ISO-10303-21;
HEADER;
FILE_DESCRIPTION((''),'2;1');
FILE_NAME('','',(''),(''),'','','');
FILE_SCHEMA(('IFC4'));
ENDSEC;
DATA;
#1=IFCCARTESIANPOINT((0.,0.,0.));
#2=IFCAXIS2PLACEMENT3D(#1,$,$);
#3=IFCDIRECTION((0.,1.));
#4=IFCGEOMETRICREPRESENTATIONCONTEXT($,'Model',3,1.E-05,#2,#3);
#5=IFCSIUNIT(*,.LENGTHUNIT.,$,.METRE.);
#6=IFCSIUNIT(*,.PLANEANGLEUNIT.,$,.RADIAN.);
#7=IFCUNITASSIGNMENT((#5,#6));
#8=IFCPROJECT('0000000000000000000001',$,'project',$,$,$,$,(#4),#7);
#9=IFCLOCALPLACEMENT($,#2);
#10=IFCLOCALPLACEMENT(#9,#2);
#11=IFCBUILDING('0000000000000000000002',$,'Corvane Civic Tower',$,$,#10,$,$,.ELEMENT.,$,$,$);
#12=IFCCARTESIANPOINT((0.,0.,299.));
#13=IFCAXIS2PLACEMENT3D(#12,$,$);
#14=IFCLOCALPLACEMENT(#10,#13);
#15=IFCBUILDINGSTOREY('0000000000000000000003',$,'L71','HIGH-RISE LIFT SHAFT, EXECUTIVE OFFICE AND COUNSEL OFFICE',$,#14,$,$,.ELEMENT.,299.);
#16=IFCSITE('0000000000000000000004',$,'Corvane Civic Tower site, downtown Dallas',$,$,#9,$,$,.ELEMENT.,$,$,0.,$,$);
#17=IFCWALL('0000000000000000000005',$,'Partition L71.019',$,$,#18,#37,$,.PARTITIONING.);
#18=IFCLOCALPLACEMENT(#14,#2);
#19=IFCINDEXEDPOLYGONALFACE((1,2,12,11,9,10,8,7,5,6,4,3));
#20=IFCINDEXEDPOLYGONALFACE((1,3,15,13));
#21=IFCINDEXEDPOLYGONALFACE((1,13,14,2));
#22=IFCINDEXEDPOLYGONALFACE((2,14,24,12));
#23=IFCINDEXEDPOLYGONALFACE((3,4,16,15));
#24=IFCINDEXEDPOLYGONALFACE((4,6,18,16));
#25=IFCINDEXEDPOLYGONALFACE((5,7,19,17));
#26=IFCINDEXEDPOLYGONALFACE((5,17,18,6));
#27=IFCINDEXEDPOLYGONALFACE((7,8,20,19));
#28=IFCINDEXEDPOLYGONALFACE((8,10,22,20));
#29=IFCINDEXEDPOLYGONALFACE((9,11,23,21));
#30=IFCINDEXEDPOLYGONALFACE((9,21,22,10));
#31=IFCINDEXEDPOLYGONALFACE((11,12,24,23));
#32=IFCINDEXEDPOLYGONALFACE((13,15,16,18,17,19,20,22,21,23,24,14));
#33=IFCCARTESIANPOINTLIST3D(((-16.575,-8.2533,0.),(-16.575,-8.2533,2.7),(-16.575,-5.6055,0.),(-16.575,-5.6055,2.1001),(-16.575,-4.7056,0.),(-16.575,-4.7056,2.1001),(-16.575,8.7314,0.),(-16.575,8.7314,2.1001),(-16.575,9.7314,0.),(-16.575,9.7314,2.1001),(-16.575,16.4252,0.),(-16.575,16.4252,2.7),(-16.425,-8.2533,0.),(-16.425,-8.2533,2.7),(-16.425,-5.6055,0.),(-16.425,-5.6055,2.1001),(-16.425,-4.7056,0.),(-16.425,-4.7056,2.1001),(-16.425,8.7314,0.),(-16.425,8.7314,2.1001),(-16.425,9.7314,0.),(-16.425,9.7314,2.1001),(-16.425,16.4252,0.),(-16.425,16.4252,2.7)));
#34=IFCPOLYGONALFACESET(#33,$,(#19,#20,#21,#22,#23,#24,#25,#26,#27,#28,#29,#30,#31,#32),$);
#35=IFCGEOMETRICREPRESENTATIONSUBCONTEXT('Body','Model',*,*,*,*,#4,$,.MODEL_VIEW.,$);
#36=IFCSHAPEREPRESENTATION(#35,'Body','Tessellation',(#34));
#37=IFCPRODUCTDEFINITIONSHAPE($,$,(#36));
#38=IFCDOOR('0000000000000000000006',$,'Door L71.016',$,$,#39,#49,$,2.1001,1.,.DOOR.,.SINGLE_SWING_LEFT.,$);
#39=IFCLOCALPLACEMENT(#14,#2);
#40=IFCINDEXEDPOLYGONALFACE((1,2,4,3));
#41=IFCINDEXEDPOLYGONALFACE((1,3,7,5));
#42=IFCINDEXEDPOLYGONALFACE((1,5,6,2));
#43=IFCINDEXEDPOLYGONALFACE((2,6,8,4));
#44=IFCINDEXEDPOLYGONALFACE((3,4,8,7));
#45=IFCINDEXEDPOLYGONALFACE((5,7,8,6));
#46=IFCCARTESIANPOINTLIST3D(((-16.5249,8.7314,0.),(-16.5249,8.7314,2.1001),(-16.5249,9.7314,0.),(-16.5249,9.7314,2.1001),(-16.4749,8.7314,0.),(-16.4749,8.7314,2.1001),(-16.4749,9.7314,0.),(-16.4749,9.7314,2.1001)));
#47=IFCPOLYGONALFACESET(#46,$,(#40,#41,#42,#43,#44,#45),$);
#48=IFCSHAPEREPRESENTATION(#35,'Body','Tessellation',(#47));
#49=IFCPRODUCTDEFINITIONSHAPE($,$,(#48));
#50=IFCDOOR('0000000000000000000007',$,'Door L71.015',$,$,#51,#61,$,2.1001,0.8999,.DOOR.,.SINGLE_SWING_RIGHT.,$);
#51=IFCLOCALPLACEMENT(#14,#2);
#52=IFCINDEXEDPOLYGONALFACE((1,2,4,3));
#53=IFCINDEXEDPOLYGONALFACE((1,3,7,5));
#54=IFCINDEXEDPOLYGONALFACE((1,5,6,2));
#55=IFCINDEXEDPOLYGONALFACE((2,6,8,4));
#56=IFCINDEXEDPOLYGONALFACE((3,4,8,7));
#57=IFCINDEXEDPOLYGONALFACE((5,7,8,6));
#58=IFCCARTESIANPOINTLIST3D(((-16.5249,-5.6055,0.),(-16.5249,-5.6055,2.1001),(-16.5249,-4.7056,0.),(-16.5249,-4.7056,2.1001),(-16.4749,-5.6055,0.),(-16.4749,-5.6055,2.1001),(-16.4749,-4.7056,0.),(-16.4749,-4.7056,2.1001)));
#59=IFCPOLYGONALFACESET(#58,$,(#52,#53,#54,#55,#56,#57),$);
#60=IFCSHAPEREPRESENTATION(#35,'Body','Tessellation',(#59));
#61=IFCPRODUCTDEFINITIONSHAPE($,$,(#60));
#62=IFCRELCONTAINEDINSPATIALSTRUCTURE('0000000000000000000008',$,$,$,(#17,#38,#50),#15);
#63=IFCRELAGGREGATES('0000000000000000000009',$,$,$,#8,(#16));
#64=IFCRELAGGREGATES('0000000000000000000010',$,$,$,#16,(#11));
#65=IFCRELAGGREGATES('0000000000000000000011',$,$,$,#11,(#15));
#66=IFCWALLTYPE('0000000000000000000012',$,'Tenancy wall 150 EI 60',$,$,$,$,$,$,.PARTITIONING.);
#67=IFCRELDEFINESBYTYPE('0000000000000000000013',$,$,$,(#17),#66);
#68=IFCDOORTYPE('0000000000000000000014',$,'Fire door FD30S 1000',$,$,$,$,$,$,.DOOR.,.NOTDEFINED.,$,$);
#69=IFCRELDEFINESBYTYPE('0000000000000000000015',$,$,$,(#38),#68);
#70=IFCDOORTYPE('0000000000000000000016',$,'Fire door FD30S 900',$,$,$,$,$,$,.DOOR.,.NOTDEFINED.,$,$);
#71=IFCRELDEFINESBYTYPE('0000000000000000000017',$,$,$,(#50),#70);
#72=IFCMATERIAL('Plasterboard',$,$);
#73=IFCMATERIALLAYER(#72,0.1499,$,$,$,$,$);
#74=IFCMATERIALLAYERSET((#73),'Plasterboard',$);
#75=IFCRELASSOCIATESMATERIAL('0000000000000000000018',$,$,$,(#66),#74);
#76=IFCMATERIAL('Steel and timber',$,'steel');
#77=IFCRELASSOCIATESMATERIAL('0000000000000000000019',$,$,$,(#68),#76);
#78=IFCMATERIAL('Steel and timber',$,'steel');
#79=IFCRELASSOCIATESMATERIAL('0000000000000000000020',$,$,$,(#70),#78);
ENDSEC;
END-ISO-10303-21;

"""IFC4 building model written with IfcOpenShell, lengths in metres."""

from ifc_helpers import new_model, si_unit, direction, frame, frame_2d, origin, place, context, subcontext, project, spatial, rectangle, extrude, material, layer, layer_set, type_object, element, fill, save


model = new_model("IFC4")

# Units and contexts
model_context = context("Model", 3, precision=1e-05, world=origin(), true_north=direction((0.0, 1.0)))
body_context = subcontext(model_context, "Body", "Model", "MODEL_VIEW")
ifc_project = project(units=[si_unit("LENGTHUNIT", "METRE"), si_unit("PLANEANGLEUNIT", "RADIAN")], contexts=[model_context])

# Site, building, storey
site_placement = place(None, origin())
site = spatial("IfcSite", under=ifc_project, at=site_placement, Name="Corvane Civic Tower site, downtown Dallas", CompositionType="ELEMENT", RefElevation=0.0)
building_placement = place(site_placement, origin())
building = spatial("IfcBuilding", under=site, at=building_placement, Name="Corvane Civic Tower", CompositionType="ELEMENT")
storey_placement = place(building_placement, frame((0.0, 0.0, 299.0)))
storey = spatial("IfcBuildingStorey", under=building, at=storey_placement, Name="L71", Description="HIGH-RISE LIFT SHAFT, EXECUTIVE OFFICE AND COUNSEL OFFICE", CompositionType="ELEMENT", Elevation=299.0)

# Wall, openings, doors
ifc_material_1 = material(Name="Plasterboard")
ifc_layer_1 = layer(ifc_material_1, 0.1499)
ifc_layer_set_1 = layer_set([ifc_layer_1], Name="Plasterboard")
wall_type_1 = type_object("IfcWallType", Name="Tenancy wall 150 EI 60", PredefinedType="PARTITIONING", material=ifc_layer_set_1)
wall_1_placement = place(storey_placement, frame((-16.5, -8.2534, 0.0), z_axis=(0.0, 0.0, 1.0), x_axis=(0.0, 1.0, 0.0)))
wall_1 = element("IfcWall", 1, at=wall_1_placement, inside=storey, type_object=wall_type_1, Name="Partition L71.019", PredefinedType="PARTITIONING", context=body_context, shape_type="SweptSolid", body=[
    extrude(rectangle(XDim=24.6785, YDim=0.1499, at=frame_2d((12.3394, 0.0))), origin(), (0.0, 0.0, 1.0), 2.7),
])
opening_1_placement = place(wall_1_placement, frame((2.6479, 0.0, 0.0)))
opening_1 = element("IfcOpeningElement", 2, at=opening_1_placement, cuts=wall_1, PredefinedType="OPENING", context=body_context, shape_type="SweptSolid", body=[
    extrude(rectangle(XDim=0.8999, YDim=2.1001, at=frame_2d((0.45, 1.05))), frame((0.0, 0.085, 0.0), z_axis=(0.0, -1.0, 0.0), x_axis=(1.0, 0.0, 0.0)), (0.0, 0.0, 1.0), 0.1699),
])
opening_2_placement = place(wall_1_placement, frame((16.9849, 0.0, 0.0)))
opening_2 = element("IfcOpeningElement", 3, at=opening_2_placement, cuts=wall_1, PredefinedType="OPENING", context=body_context, shape_type="SweptSolid", body=[
    extrude(rectangle(XDim=1.0, YDim=2.1001, at=frame_2d((0.5, 1.05))), frame((0.0, 0.085, 0.0), z_axis=(0.0, -1.0, 0.0), x_axis=(1.0, 0.0, 0.0)), (0.0, 0.0, 1.0), 0.1699),
])
ifc_material_2 = material(Name="Steel and timber", Category="steel")
door_type_1 = type_object("IfcDoorType", Name="Fire door FD30S 1000", OperationType="NOTDEFINED", PredefinedType="DOOR", material=ifc_material_2)
door_1_placement = place(opening_2_placement, origin())
door_1 = element("IfcDoor", 4, at=door_1_placement, inside=storey, type_object=door_type_1, Name="Door L71.016", OperationType="SINGLE_SWING_LEFT", OverallHeight=2.1001, OverallWidth=1.0, PredefinedType="DOOR", context=body_context, shape_type="SweptSolid", body=[
    extrude(rectangle(XDim=1.0, YDim=2.1001, at=frame_2d((0.5, 1.05))), frame((0.0, 0.0249, 0.0), z_axis=(0.0, -1.0, 0.0), x_axis=(1.0, 0.0, 0.0)), (0.0, 0.0, 1.0), 0.05),
])
fill(opening_2, door_1)
ifc_material_3 = material(Name="Steel and timber", Category="steel")
door_type_2 = type_object("IfcDoorType", Name="Fire door FD30S 900", OperationType="NOTDEFINED", PredefinedType="DOOR", material=ifc_material_3)
door_2_placement = place(opening_1_placement, origin())
door_2 = element("IfcDoor", 5, at=door_2_placement, inside=storey, type_object=door_type_2, Name="Door L71.015", OperationType="SINGLE_SWING_RIGHT", OverallHeight=2.1001, OverallWidth=0.8999, PredefinedType="DOOR", context=body_context, shape_type="SweptSolid", body=[
    extrude(rectangle(XDim=0.8999, YDim=2.1001, at=frame_2d((0.45, 1.05))), frame((0.0, 0.0249, 0.0), z_axis=(0.0, -1.0, 0.0), x_axis=(1.0, 0.0, 0.0)), (0.0, 0.0, 1.0), 0.05),
])
fill(opening_1, door_2)

save(model, "model.ifc")
